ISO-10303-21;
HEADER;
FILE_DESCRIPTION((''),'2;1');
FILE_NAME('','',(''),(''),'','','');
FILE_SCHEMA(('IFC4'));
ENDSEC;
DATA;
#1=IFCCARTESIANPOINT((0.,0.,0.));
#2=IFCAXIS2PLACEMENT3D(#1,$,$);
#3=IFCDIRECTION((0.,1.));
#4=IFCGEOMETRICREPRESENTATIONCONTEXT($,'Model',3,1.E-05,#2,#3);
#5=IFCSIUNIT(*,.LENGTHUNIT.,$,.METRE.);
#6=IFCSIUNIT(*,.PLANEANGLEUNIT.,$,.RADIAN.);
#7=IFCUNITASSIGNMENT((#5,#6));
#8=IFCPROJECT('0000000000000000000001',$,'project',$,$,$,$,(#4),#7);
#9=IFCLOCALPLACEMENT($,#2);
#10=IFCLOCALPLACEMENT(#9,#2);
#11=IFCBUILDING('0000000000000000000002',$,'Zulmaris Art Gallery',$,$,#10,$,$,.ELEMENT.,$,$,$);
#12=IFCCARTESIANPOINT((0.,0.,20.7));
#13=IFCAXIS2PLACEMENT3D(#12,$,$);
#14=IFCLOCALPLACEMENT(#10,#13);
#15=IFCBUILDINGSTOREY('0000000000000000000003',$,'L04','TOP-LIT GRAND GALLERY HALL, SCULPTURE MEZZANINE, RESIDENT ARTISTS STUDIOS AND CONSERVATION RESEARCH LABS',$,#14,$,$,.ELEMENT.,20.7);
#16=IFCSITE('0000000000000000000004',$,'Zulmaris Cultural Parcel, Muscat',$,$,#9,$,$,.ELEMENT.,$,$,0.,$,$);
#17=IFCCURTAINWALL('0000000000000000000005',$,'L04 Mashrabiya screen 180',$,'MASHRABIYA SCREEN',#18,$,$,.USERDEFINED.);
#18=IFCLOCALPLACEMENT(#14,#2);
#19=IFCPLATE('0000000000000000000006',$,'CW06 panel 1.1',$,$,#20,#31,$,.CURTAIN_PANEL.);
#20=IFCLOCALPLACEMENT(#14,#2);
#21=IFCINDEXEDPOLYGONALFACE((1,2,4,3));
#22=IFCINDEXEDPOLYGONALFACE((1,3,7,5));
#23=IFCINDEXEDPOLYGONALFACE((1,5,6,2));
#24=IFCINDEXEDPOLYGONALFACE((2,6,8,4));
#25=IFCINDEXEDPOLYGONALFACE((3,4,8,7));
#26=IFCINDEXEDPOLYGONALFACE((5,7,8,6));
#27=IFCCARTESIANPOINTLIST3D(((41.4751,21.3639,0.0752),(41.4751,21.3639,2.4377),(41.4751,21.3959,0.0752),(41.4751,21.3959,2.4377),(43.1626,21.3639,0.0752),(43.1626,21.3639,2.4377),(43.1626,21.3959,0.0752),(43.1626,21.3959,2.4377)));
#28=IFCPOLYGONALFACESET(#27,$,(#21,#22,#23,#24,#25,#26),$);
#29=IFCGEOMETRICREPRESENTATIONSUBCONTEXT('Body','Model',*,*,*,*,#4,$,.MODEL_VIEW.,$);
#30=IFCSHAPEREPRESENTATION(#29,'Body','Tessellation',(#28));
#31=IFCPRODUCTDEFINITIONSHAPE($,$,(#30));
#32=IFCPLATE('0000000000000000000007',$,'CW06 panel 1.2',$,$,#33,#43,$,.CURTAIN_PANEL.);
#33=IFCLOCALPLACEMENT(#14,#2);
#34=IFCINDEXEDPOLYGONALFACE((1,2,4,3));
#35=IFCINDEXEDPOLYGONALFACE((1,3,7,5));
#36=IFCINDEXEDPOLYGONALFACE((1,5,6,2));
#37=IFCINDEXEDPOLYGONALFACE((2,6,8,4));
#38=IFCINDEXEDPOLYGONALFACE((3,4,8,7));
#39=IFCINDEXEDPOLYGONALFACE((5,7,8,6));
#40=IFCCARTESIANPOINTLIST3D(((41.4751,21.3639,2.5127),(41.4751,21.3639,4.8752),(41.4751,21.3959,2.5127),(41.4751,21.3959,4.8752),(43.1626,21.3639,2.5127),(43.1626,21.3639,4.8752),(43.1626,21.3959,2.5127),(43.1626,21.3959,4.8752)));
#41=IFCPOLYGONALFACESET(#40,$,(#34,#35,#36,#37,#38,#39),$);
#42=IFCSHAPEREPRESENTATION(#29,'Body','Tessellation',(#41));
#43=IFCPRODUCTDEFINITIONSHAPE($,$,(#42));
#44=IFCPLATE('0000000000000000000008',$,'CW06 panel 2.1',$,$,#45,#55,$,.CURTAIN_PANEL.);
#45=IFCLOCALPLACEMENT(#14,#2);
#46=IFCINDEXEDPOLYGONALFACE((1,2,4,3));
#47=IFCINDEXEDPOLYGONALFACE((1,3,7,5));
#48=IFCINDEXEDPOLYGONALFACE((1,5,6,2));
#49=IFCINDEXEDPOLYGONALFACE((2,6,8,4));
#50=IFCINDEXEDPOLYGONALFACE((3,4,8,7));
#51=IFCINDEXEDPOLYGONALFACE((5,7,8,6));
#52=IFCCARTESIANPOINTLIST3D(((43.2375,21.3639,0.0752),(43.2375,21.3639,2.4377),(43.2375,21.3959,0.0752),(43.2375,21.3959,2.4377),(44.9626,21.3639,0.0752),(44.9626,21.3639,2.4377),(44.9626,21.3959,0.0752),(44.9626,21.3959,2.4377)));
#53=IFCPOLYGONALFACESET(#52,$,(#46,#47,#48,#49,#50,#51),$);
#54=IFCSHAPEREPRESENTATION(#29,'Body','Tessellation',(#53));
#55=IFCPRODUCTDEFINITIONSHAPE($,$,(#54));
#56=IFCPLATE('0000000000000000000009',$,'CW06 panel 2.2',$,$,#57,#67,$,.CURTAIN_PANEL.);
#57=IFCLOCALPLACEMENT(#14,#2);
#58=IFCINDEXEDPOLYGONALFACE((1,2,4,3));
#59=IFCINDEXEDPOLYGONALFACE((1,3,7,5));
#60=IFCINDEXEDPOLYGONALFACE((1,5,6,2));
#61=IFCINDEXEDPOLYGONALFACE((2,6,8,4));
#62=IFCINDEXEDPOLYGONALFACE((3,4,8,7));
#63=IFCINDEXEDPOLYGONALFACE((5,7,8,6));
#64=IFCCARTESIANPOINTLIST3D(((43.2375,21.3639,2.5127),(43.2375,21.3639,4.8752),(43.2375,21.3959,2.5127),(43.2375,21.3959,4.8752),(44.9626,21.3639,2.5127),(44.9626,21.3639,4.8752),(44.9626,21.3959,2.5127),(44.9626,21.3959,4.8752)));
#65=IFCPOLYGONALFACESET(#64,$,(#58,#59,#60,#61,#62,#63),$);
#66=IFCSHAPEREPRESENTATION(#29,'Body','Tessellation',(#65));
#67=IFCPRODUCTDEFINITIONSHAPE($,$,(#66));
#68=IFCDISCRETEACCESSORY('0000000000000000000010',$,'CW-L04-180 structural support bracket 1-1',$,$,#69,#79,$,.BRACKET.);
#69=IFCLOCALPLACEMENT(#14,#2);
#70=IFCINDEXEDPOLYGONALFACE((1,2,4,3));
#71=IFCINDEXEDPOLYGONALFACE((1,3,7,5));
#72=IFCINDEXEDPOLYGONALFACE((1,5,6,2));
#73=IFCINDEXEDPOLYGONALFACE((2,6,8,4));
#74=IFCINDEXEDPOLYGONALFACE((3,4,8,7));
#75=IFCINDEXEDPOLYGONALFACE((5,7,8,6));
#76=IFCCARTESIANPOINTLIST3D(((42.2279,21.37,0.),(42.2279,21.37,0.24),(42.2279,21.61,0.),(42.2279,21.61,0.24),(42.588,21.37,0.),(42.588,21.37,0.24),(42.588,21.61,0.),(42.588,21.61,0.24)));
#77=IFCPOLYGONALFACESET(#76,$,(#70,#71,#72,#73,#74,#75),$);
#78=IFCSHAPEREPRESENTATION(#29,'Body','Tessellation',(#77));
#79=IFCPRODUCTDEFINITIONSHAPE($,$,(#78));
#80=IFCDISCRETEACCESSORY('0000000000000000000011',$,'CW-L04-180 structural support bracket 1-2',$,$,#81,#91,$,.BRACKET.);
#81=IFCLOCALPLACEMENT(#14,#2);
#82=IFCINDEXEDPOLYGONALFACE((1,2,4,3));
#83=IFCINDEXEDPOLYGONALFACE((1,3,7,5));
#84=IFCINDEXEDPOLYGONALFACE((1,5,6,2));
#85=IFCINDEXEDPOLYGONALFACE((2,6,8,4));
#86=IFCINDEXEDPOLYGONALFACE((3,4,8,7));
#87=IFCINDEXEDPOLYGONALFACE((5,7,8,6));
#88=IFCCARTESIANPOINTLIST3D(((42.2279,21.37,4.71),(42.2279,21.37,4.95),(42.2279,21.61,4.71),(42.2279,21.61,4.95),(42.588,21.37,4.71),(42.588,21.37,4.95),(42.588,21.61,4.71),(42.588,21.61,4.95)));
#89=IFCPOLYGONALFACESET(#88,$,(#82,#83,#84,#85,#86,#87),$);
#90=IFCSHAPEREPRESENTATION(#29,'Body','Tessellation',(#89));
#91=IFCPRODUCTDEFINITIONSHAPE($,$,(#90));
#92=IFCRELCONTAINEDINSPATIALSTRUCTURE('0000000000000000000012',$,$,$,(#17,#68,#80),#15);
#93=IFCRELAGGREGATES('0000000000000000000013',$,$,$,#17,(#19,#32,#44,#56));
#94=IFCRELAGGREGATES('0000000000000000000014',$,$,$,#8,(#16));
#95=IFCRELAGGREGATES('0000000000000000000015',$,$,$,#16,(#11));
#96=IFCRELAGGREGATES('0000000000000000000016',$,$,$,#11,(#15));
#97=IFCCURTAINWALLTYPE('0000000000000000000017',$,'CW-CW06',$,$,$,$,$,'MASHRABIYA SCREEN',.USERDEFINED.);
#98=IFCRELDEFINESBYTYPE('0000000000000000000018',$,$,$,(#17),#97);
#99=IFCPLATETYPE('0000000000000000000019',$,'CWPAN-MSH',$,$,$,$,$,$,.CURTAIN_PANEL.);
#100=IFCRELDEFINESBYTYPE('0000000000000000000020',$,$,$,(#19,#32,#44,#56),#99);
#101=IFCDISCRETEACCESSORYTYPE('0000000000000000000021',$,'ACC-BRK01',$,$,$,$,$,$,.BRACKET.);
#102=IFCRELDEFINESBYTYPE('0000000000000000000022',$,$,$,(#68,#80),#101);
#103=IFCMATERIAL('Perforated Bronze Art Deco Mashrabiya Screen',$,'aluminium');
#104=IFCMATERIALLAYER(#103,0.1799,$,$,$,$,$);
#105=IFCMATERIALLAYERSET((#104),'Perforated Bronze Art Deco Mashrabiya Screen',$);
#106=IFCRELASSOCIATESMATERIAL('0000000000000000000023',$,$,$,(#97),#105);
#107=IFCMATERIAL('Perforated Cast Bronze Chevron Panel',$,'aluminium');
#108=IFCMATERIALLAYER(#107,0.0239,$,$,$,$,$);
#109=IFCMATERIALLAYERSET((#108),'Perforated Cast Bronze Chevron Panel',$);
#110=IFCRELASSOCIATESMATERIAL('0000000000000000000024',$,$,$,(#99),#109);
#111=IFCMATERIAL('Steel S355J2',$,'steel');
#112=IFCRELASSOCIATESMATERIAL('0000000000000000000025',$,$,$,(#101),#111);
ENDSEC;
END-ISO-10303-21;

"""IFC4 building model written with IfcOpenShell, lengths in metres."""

from ifc_helpers import new_model, si_unit, direction, frame, origin, origin_2d, place, context, subcontext, project, spatial, rectangle, extrude, material, layer, layer_set, type_object, element, aggregate, save


model = new_model("IFC4")

# Units and contexts
model_context = context("Model", 3, precision=1e-05, world=origin(), true_north=direction((0.0, 1.0)))
body_context = subcontext(model_context, "Body", "Model", "MODEL_VIEW")
ifc_project = project(units=[si_unit("LENGTHUNIT", "METRE"), si_unit("PLANEANGLEUNIT", "RADIAN")], contexts=[model_context])

# Site, building, storey
site_placement = place(None, origin())
site = spatial("IfcSite", under=ifc_project, at=site_placement, Name="Zulmaris Cultural Parcel, Muscat", CompositionType="ELEMENT", RefElevation=0.0)
building_placement = place(site_placement, origin())
building = spatial("IfcBuilding", under=site, at=building_placement, Name="Zulmaris Art Gallery", CompositionType="ELEMENT")
storey_placement = place(building_placement, frame((0.0, 0.0, 20.7)))
storey = spatial("IfcBuildingStorey", under=building, at=storey_placement, Name="L04", Description="TOP-LIT GRAND GALLERY HALL, SCULPTURE MEZZANINE, RESIDENT ARTISTS STUDIOS AND CONSERVATION RESEARCH LABS", CompositionType="ELEMENT", Elevation=20.7)

# Shared definitions
ifc_material_1 = material(Name="Steel S355J2", Category="steel")

# Curtain wall
ifc_material_2 = material(Name="Perforated Bronze Art Deco Mashrabiya Screen", Category="aluminium")
ifc_layer_1 = layer(ifc_material_2, 0.1799)
ifc_layer_set_1 = layer_set([ifc_layer_1], Name="Perforated Bronze Art Deco Mashrabiya Screen")
curtain_wall_type_1 = type_object("IfcCurtainWallType", Name="CW-CW06", ElementType="MASHRABIYA SCREEN", PredefinedType="USERDEFINED", material=ifc_layer_set_1)
curtain_wall_1_placement = place(storey_placement, origin())
curtain_wall_1 = element("IfcCurtainWall", 1, at=curtain_wall_1_placement, inside=storey, type_object=curtain_wall_type_1, Name="L04 Mashrabiya screen 180", ObjectType="MASHRABIYA SCREEN", PredefinedType="USERDEFINED")

# Plates
ifc_material_3 = material(Name="Perforated Cast Bronze Chevron Panel", Category="aluminium")
ifc_layer_2 = layer(ifc_material_3, 0.0239)
ifc_layer_set_2 = layer_set([ifc_layer_2], Name="Perforated Cast Bronze Chevron Panel")
plate_type_1 = type_object("IfcPlateType", Name="CWPAN-MSH", PredefinedType="CURTAIN_PANEL", material=ifc_layer_set_2)
plate_1_placement = place(storey_placement, frame((42.3188, 21.3799, 0.0752), z_axis=(0.0, 0.0, 1.0), x_axis=(1.0, 0.0, 0.0)))
plate_1 = element("IfcPlate", 2, at=plate_1_placement, type_object=plate_type_1, Name="CW06 panel 1.1", PredefinedType="CURTAIN_PANEL", context=body_context, shape_type="SweptSolid", body=[
    extrude(rectangle(XDim=1.6875, YDim=0.032, at=origin_2d()), origin(), (0.0, 0.0, 1.0), 2.3625),
])
plate_2_placement = place(storey_placement, frame((42.3188, 21.3799, 2.5127), z_axis=(0.0, 0.0, 1.0), x_axis=(1.0, 0.0, 0.0)))
plate_2 = element("IfcPlate", 3, at=plate_2_placement, type_object=plate_type_1, Name="CW06 panel 1.2", PredefinedType="CURTAIN_PANEL", context=body_context, shape_type="SweptSolid", body=[
    extrude(rectangle(XDim=1.6875, YDim=0.032, at=origin_2d()), origin(), (0.0, 0.0, 1.0), 2.3625),
])
plate_3_placement = place(storey_placement, frame((44.1001, 21.3799, 0.0752), z_axis=(0.0, 0.0, 1.0), x_axis=(1.0, 0.0, 0.0)))
plate_3 = element("IfcPlate", 4, at=plate_3_placement, type_object=plate_type_1, Name="CW06 panel 2.1", PredefinedType="CURTAIN_PANEL", context=body_context, shape_type="SweptSolid", body=[
    extrude(rectangle(XDim=1.7251, YDim=0.032, at=origin_2d()), origin(), (0.0, 0.0, 1.0), 2.3625),
])
plate_4_placement = place(storey_placement, frame((44.1001, 21.3799, 2.5127), z_axis=(0.0, 0.0, 1.0), x_axis=(1.0, 0.0, 0.0)))
plate_4 = element("IfcPlate", 5, at=plate_4_placement, type_object=plate_type_1, Name="CW06 panel 2.2", PredefinedType="CURTAIN_PANEL", context=body_context, shape_type="SweptSolid", body=[
    extrude(rectangle(XDim=1.7251, YDim=0.032, at=origin_2d()), origin(), (0.0, 0.0, 1.0), 2.3625),
])
aggregate(curtain_wall_1, [plate_1, plate_2, plate_3, plate_4])

# Discrete accessories
discrete_accessory_type = type_object("IfcDiscreteAccessoryType", Name="ACC-BRK01", PredefinedType="BRACKET", material=ifc_material_1)
for number, where, z_axis, x_axis, name in (
    (6, (42.408, 21.49, 0.0), (0.0, 0.0, 1.0), (1.0, 0.0, 0.0), "CW-L04-180 structural support bracket 1-1"),
    (7, (42.408, 21.49, 4.71), (0.0, 0.0, 1.0), (1.0, 0.0, 0.0), "CW-L04-180 structural support bracket 1-2"),
):
    element("IfcDiscreteAccessory", number, at=place(storey_placement, frame(where, z_axis=z_axis, x_axis=x_axis)), inside=storey, type_object=discrete_accessory_type, Name=name, PredefinedType="BRACKET", context=body_context, shape_type="SweptSolid", body=[
        extrude(rectangle(XDim=0.3601, YDim=0.24, at=origin_2d()), origin(), (0.0, 0.0, 1.0), 0.24),
    ])

save(model, "model.ifc")
